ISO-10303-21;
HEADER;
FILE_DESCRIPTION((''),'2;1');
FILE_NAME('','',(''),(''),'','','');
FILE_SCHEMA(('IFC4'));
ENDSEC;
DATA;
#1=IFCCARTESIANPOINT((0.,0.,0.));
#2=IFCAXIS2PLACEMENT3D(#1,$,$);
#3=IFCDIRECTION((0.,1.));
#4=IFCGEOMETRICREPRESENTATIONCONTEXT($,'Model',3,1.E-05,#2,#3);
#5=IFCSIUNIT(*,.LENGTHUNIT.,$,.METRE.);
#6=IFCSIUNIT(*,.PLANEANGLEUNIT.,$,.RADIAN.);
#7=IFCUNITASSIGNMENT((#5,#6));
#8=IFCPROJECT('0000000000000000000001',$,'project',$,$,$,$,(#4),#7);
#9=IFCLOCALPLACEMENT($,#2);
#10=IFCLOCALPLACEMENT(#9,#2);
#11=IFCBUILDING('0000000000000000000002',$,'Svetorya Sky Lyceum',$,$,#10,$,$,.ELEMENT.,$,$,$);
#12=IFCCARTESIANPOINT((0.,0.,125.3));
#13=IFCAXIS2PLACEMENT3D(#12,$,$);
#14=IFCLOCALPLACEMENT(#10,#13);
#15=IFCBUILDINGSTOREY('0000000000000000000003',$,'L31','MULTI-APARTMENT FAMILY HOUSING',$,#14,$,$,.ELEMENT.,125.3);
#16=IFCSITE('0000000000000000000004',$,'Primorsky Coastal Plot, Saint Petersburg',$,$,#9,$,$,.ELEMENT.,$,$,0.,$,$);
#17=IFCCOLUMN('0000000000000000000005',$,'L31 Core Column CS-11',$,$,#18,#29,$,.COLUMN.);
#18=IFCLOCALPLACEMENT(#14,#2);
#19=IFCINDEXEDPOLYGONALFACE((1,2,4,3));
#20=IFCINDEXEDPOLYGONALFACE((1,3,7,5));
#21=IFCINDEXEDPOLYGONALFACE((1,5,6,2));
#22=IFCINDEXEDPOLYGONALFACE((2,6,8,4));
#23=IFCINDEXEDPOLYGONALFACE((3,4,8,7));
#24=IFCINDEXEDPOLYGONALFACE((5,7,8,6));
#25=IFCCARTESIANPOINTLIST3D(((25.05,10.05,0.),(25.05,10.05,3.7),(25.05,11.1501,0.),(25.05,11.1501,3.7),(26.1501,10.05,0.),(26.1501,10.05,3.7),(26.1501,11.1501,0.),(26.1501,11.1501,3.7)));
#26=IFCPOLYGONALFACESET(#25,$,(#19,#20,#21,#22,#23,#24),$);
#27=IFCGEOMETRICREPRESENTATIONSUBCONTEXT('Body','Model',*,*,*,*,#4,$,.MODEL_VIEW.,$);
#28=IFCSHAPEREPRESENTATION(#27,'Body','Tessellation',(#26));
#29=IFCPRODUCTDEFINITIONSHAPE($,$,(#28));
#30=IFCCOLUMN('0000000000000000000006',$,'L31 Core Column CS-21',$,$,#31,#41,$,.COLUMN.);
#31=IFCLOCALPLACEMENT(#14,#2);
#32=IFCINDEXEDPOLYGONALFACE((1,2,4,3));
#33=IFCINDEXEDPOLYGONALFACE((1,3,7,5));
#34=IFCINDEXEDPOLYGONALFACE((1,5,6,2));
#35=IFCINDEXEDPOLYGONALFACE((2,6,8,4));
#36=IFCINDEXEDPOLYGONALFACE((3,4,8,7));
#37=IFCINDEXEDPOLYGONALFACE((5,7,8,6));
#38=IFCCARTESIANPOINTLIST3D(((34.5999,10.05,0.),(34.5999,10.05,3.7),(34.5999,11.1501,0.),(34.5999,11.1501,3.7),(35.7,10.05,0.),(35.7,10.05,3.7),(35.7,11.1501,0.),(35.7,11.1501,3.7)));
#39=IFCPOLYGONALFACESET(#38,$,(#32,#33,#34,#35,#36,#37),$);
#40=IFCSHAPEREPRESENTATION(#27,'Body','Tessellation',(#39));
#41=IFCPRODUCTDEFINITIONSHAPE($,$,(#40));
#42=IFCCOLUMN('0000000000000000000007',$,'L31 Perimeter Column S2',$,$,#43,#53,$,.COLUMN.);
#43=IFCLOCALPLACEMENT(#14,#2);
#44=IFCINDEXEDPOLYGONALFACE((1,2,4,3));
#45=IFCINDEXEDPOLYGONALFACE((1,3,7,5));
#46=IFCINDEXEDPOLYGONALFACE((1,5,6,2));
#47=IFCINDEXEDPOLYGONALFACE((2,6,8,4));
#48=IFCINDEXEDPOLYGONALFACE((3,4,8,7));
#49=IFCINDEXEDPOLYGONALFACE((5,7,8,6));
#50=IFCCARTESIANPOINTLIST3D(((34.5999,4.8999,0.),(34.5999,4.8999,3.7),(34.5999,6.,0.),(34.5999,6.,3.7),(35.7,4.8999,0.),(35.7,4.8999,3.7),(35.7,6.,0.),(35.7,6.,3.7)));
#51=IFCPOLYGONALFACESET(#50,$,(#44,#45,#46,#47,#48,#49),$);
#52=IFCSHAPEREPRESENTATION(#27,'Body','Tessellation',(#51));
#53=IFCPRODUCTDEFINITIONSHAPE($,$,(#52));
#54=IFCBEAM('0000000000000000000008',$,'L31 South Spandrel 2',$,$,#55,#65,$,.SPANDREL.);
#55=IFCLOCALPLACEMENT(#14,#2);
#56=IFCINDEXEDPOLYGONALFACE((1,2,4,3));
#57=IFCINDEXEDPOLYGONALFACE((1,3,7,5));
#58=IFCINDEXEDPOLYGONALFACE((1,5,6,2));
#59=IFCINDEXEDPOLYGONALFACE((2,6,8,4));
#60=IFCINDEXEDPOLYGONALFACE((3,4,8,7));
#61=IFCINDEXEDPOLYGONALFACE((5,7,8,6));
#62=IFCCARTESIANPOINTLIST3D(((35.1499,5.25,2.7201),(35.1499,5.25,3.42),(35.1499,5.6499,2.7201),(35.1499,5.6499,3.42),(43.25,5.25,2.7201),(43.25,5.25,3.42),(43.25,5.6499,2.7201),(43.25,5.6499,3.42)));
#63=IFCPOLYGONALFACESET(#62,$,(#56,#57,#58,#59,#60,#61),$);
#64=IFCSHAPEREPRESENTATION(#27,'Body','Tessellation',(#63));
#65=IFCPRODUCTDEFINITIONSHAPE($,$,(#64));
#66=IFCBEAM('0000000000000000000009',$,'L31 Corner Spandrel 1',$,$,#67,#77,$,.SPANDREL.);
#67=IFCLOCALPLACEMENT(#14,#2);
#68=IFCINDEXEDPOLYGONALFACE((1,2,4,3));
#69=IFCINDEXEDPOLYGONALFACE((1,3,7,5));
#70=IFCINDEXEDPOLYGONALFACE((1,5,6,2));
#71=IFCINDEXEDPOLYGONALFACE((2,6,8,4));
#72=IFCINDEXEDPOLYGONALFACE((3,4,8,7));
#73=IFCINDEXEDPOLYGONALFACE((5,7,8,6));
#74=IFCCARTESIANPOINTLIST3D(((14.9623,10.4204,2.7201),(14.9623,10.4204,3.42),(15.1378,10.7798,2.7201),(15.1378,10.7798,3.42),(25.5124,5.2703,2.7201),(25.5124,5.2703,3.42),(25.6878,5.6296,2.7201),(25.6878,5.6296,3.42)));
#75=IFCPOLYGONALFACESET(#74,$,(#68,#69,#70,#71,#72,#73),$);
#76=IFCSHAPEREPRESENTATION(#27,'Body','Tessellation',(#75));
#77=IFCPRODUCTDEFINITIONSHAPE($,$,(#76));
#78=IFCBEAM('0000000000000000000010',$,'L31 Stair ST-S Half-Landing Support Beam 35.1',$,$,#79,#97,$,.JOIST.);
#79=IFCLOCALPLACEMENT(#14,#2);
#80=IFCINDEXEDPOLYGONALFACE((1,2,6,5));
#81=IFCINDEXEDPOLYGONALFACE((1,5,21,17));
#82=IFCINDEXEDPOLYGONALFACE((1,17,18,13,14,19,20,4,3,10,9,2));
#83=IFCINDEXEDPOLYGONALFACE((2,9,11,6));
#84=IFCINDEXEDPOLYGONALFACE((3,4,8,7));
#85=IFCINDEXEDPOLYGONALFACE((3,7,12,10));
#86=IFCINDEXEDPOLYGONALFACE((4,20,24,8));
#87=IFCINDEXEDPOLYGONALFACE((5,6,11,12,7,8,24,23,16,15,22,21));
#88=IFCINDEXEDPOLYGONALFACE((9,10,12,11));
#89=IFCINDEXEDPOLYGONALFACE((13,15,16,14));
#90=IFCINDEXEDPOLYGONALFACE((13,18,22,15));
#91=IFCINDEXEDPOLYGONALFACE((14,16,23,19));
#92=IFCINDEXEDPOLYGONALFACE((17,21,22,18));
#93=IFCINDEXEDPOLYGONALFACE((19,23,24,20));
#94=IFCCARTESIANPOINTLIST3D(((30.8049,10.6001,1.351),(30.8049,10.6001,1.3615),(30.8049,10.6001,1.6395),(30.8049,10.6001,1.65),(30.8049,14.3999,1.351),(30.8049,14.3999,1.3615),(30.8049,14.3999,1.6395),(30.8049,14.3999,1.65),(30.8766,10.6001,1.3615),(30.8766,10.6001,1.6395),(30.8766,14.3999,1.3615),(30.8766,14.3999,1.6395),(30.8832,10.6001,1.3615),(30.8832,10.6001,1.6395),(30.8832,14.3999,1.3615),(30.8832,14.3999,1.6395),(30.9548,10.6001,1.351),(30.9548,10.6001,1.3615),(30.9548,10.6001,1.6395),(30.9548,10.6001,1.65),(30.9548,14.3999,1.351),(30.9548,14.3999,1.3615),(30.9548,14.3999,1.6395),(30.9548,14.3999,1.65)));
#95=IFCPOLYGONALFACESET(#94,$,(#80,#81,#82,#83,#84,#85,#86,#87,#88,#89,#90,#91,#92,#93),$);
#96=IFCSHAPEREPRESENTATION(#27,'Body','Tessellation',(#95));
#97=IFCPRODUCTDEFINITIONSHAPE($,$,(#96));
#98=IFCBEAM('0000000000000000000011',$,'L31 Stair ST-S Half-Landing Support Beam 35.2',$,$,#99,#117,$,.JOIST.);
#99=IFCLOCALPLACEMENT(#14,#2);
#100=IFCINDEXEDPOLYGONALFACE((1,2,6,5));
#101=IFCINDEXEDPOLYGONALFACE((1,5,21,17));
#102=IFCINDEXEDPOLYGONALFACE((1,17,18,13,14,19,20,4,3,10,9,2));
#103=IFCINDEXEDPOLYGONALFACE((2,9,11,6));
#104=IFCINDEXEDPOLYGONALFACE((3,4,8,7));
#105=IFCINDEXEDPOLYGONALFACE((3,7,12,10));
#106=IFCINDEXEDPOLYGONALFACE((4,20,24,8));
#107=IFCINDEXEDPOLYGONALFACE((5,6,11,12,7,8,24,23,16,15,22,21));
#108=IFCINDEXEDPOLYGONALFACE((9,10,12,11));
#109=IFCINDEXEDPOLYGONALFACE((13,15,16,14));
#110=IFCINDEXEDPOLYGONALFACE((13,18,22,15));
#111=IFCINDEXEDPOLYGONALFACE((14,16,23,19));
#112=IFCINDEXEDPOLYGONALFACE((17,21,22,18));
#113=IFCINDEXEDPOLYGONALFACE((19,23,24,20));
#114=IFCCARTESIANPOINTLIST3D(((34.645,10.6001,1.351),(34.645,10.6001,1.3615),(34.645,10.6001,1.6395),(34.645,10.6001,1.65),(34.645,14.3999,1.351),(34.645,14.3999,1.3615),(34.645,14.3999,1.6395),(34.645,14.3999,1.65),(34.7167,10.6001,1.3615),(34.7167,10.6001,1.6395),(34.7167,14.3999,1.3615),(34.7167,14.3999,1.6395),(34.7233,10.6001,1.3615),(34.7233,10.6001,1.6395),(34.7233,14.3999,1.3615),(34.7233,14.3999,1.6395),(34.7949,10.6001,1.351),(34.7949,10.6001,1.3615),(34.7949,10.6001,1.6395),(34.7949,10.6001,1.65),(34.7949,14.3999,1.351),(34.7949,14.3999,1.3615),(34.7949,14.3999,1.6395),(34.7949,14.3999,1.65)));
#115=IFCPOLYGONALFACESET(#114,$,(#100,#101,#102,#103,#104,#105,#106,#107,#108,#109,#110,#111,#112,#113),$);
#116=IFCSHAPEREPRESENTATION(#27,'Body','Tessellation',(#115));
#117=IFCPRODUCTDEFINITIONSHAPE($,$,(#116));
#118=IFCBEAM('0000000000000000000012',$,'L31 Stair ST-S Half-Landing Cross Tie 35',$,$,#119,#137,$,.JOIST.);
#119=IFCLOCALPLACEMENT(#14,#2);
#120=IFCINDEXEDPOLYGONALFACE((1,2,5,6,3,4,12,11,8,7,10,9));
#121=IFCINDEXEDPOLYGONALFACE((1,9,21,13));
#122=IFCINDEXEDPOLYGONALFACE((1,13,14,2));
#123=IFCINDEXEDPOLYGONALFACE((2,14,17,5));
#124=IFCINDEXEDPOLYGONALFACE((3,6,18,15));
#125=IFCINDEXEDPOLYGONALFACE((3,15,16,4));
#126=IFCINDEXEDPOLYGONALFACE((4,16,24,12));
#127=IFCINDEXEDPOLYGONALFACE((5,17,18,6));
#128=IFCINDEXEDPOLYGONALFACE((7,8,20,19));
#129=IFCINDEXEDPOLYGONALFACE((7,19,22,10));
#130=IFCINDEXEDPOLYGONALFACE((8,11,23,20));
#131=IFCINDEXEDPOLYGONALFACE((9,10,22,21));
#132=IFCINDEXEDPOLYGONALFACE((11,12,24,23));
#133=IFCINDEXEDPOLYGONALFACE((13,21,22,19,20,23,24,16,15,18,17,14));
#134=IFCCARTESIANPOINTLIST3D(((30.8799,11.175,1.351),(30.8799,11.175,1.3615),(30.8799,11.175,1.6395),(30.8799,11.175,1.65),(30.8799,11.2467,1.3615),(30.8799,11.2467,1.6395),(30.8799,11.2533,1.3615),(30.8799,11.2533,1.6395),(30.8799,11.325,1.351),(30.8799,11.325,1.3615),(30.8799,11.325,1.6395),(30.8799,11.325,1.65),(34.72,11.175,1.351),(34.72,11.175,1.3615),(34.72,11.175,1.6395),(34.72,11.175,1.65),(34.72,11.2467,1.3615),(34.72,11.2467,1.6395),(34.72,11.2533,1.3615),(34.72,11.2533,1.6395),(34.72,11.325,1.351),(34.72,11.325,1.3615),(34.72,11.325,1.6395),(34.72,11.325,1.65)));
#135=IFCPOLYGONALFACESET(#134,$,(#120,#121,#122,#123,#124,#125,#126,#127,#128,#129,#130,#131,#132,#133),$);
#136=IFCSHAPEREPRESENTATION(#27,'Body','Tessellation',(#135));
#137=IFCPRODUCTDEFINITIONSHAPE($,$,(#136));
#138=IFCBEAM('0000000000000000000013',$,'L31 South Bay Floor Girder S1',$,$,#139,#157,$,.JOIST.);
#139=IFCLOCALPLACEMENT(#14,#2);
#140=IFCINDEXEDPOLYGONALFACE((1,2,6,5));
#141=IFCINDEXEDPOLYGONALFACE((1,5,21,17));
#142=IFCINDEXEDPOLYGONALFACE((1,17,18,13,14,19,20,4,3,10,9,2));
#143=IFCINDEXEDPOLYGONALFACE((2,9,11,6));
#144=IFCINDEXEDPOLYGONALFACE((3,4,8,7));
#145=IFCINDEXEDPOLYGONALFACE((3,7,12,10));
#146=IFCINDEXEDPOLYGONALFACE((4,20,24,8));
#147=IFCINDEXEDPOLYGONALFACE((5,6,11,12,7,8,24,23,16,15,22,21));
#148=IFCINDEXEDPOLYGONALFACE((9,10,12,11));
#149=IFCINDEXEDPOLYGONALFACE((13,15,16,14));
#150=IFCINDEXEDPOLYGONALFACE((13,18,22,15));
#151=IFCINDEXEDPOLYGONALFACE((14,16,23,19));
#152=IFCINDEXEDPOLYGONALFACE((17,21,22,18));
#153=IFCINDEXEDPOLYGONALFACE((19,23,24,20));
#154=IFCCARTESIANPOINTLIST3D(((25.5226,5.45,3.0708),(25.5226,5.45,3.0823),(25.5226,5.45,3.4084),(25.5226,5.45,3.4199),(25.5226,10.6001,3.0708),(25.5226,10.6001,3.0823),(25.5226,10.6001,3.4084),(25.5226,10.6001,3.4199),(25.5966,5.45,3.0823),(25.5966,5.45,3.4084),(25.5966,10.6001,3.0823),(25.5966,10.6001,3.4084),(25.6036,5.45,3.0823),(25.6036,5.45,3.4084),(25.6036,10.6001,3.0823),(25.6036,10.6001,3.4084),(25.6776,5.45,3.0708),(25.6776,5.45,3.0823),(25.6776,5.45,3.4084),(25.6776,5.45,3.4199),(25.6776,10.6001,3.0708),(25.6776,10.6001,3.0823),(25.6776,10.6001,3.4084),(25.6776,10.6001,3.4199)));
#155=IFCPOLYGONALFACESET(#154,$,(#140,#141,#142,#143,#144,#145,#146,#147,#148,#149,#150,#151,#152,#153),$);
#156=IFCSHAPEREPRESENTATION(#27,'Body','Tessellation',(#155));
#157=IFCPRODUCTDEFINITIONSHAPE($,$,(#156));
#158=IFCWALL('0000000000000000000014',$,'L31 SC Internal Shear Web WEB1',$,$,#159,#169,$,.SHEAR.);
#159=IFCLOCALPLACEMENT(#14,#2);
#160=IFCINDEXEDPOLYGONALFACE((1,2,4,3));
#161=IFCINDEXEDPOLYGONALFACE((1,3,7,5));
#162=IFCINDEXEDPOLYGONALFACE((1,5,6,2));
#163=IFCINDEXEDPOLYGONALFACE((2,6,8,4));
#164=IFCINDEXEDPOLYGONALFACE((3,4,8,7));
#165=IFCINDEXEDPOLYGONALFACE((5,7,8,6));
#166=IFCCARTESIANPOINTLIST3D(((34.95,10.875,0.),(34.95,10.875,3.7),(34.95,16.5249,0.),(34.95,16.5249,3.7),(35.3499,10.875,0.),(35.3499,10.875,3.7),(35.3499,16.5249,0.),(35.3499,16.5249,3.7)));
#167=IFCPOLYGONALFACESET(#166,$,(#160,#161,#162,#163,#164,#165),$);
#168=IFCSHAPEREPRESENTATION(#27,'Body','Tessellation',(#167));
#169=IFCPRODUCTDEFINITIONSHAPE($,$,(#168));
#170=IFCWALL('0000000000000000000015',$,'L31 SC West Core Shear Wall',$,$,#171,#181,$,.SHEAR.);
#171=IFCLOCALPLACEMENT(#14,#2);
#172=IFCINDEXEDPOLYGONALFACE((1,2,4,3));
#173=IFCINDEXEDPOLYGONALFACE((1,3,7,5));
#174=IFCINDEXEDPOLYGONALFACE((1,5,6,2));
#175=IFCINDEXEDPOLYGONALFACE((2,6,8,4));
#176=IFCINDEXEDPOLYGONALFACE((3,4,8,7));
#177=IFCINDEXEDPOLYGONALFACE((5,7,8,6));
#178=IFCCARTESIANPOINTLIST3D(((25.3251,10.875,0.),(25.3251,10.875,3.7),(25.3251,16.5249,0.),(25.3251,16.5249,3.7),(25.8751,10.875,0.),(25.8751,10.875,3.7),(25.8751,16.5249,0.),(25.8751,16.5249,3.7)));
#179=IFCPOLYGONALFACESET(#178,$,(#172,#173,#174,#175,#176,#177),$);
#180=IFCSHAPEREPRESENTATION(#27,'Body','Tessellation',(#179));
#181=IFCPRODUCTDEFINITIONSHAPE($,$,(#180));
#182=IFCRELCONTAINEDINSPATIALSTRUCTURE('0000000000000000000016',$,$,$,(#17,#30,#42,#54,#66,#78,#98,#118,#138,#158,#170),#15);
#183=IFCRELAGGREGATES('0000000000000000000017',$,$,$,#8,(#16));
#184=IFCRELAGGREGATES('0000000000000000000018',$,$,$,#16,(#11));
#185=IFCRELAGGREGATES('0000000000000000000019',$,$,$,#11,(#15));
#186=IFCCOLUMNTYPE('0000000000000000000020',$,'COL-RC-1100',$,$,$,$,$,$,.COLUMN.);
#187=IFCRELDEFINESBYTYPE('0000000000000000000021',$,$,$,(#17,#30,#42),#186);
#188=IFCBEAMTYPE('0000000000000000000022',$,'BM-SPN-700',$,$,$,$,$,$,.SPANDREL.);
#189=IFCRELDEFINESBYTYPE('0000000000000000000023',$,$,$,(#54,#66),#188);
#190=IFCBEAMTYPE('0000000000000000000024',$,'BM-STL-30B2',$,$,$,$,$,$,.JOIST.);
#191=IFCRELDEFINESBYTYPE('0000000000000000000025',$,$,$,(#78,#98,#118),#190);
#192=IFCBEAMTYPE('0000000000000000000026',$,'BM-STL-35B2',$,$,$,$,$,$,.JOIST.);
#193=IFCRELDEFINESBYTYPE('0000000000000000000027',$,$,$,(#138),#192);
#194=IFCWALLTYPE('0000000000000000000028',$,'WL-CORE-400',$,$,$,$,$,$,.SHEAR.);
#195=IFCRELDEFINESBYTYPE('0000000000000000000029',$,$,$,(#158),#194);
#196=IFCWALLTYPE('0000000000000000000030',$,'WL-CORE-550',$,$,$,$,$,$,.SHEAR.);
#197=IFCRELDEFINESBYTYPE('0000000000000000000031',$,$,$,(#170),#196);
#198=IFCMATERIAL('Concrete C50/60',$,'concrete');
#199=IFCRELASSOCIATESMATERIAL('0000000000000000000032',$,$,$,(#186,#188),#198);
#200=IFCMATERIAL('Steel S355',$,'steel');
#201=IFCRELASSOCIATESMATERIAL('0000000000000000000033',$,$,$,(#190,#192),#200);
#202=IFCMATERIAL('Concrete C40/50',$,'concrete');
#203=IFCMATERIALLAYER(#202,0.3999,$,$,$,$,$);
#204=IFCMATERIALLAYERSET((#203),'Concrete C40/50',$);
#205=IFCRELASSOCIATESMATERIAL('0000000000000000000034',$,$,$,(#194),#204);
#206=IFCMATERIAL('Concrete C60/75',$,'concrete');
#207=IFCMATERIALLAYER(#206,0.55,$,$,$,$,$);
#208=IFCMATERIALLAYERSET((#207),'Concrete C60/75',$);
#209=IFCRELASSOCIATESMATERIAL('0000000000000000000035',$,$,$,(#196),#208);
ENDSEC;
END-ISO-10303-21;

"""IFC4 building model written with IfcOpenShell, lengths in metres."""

from ifc_helpers import new_model, si_unit, direction, frame, frame_2d, origin, origin_2d, place, context, subcontext, project, spatial, rectangle, i_section, extrude, material, layer, layer_set, material_profile, profile_set, type_object, element, save


model = new_model("IFC4")

# Units and contexts
model_context = context("Model", 3, precision=1e-05, world=origin(), true_north=direction((0.0, 1.0)))
body_context = subcontext(model_context, "Body", "Model", "MODEL_VIEW")
ifc_project = project(units=[si_unit("LENGTHUNIT", "METRE"), si_unit("PLANEANGLEUNIT", "RADIAN")], contexts=[model_context])

# Site, building, storey
site_placement = place(None, origin())
site = spatial("IfcSite", under=ifc_project, at=site_placement, Name="Primorsky Coastal Plot, Saint Petersburg", CompositionType="ELEMENT", RefElevation=0.0)
building_placement = place(site_placement, origin())
building = spatial("IfcBuilding", under=site, at=building_placement, Name="Svetorya Sky Lyceum", CompositionType="ELEMENT")
storey_placement = place(building_placement, frame((0.0, 0.0, 125.3)))
storey = spatial("IfcBuildingStorey", under=building, at=storey_placement, Name="L31", Description="MULTI-APARTMENT FAMILY HOUSING", CompositionType="ELEMENT", Elevation=125.3)

# Columns
ifc_material_1 = material(Name="Concrete C50/60", Category="concrete")
ifc_material_profile_1 = material_profile(ifc_material_1, rectangle(XDim=1.1001, YDim=1.1001, at=origin_2d()), Name="RC COL 1100x1100")
ifc_profile_set_1 = profile_set([ifc_material_profile_1], Name="Concrete C50/60")
column_type = type_object("IfcColumnType", Name="COL-RC-1100", PredefinedType="COLUMN", material=ifc_profile_set_1)
for number, where, z_axis, x_axis, name in (
    (1, (25.6001, 10.6001, 0.0), (0.0, 0.0, 1.0), (1.0, 0.0, 0.0), "L31 Core Column CS-11"),
    (2, (35.1499, 10.6001, 0.0), (0.0, 0.0, 1.0), (1.0, 0.0, 0.0), "L31 Core Column CS-21"),
    (3, (35.1499, 5.45, 0.0), (0.0, 0.0, 1.0), (1.0, 0.0, 0.0), "L31 Perimeter Column S2"),
):
    element("IfcColumn", number, at=place(storey_placement, frame(where, z_axis=z_axis, x_axis=x_axis)), inside=storey, type_object=column_type, Name=name, PredefinedType="COLUMN", context=body_context, shape_type="SweptSolid", body=[
        extrude(rectangle(XDim=1.1001, YDim=1.1001, at=origin_2d()), origin(), (0.0, 0.0, 1.0), 3.7),
    ])

# Beams
ifc_material_profile_2 = material_profile(ifc_material_1, rectangle(XDim=0.3999, YDim=0.7, at=origin_2d()), Name="RC SPANDREL 400x700")
ifc_profile_set_2 = profile_set([ifc_material_profile_2], Name="Concrete C50/60")
beam_type_1 = type_object("IfcBeamType", Name="BM-SPN-700", PredefinedType="SPANDREL", material=ifc_profile_set_2)
beam_1_placement = place(storey_placement, frame((35.1499, 5.45, 3.0701), z_axis=(1.0, 0.0, 0.0), x_axis=(0.0, 1.0, 0.0)))
element("IfcBeam", 4, at=beam_1_placement, inside=storey, type_object=beam_type_1, Name="L31 South Spandrel 2", PredefinedType="SPANDREL", context=body_context, shape_type="SweptSolid", body=[
    extrude(rectangle(XDim=0.3999, YDim=0.7, at=origin_2d()), origin(), (0.0, 0.0, 1.0), 8.1001),
])
beam_2_placement = place(storey_placement, frame((25.6001, 5.45, 3.0701), z_axis=(-0.898641, 0.438684, 0.0), x_axis=(-0.438684, -0.898641, 0.0)))
element("IfcBeam", 5, at=beam_2_placement, inside=storey, type_object=beam_type_1, Name="L31 Corner Spandrel 1", PredefinedType="SPANDREL", context=body_context, shape_type="SweptSolid", body=[
    extrude(rectangle(XDim=0.3999, YDim=0.7, at=origin_2d()), origin(), (0.0, 0.0, 1.0), 11.74),
])
ifc_material_2 = material(Name="Steel S355", Category="steel")
ifc_material_profile_3 = material_profile(ifc_material_2, i_section(OverallWidth=0.1499, OverallDepth=0.2991, WebThickness=0.0066, FlangeThickness=0.0105, at=origin_2d()), Name="GOST 30B2")
ifc_profile_set_3 = profile_set([ifc_material_profile_3], Name="Steel S355")
beam_type_2 = type_object("IfcBeamType", Name="BM-STL-30B2", PredefinedType="JOIST", material=ifc_profile_set_3)
for number, where, z_axis, x_axis, name in (
    (6, (30.8799, 10.6001, 1.5005), (0.0, 1.0, 0.0), (-1.0, 0.0, 0.0), "L31 Stair ST-S Half-Landing Support Beam 35.1"),
    (7, (34.72, 10.6001, 1.5005), (0.0, 1.0, 0.0), (-1.0, 0.0, 0.0), "L31 Stair ST-S Half-Landing Support Beam 35.2"),
):
    element("IfcBeam", number, at=place(storey_placement, frame(where, z_axis=z_axis, x_axis=x_axis)), inside=storey, type_object=beam_type_2, Name=name, PredefinedType="JOIST", context=body_context, shape_type="SweptSolid", body=[
        extrude(i_section(OverallWidth=0.1499, OverallDepth=0.2991, WebThickness=0.0066, FlangeThickness=0.0105, at=origin_2d()), origin(), (0.0, 0.0, 1.0), 3.7998),
    ])
beam_3_placement = place(storey_placement, frame((30.8799, 11.25, 1.5005), z_axis=(1.0, 0.0, 0.0), x_axis=(0.0, 1.0, 0.0)))
element("IfcBeam", 8, at=beam_3_placement, inside=storey, type_object=beam_type_2, Name="L31 Stair ST-S Half-Landing Cross Tie 35", PredefinedType="JOIST", context=body_context, shape_type="SweptSolid", body=[
    extrude(i_section(OverallWidth=0.1499, OverallDepth=0.2991, WebThickness=0.0066, FlangeThickness=0.0105, at=origin_2d()), origin(), (0.0, 0.0, 1.0), 3.8401),
])
ifc_material_profile_4 = material_profile(ifc_material_2, i_section(OverallWidth=0.155, OverallDepth=0.3491, WebThickness=0.0071, FlangeThickness=0.0115, at=origin_2d()), Name="GOST 35B2")
ifc_profile_set_4 = profile_set([ifc_material_profile_4], Name="Steel S355")
beam_type_3 = type_object("IfcBeamType", Name="BM-STL-35B2", PredefinedType="JOIST", material=ifc_profile_set_4)
beam_4_placement = place(storey_placement, frame((25.6001, 5.45, 3.2454), z_axis=(0.0, 1.0, 0.0), x_axis=(-1.0, 0.0, 0.0)))
element("IfcBeam", 9, at=beam_4_placement, inside=storey, type_object=beam_type_3, Name="L31 South Bay Floor Girder S1", PredefinedType="JOIST", context=body_context, shape_type="SweptSolid", body=[
    extrude(i_section(OverallWidth=0.155, OverallDepth=0.3491, WebThickness=0.0071, FlangeThickness=0.0115, at=origin_2d()), origin(), (0.0, 0.0, 1.0), 5.1501),
])

# Walls
ifc_material_3 = material(Name="Concrete C40/50", Category="concrete")
ifc_layer_1 = layer(ifc_material_3, 0.3999)
ifc_layer_set_1 = layer_set([ifc_layer_1], Name="Concrete C40/50")
wall_type_1 = type_object("IfcWallType", Name="WL-CORE-400", PredefinedType="SHEAR", material=ifc_layer_set_1)
wall_1_placement = place(storey_placement, frame((35.1499, 10.875, 0.0), z_axis=(0.0, 0.0, 1.0), x_axis=(0.0, 1.0, 0.0)))
element("IfcWall", 10, at=wall_1_placement, inside=storey, type_object=wall_type_1, Name="L31 SC Internal Shear Web WEB1", PredefinedType="SHEAR", context=body_context, shape_type="SweptSolid", body=[
    extrude(rectangle(XDim=5.6499, YDim=0.3999, at=frame_2d((2.825, 0.0))), origin(), (0.0, 0.0, 1.0), 3.7),
])
ifc_material_4 = material(Name="Concrete C60/75", Category="concrete")
ifc_layer_2 = layer(ifc_material_4, 0.55)
ifc_layer_set_2 = layer_set([ifc_layer_2], Name="Concrete C60/75")
wall_type_2 = type_object("IfcWallType", Name="WL-CORE-550", PredefinedType="SHEAR", material=ifc_layer_set_2)
wall_2_placement = place(storey_placement, frame((25.6001, 10.875, 0.0), z_axis=(0.0, 0.0, 1.0), x_axis=(0.0, 1.0, 0.0)))
element("IfcWall", 11, at=wall_2_placement, inside=storey, type_object=wall_type_2, Name="L31 SC West Core Shear Wall", PredefinedType="SHEAR", context=body_context, shape_type="SweptSolid", body=[
    extrude(rectangle(XDim=5.6499, YDim=0.55, at=frame_2d((2.825, 0.0))), origin(), (0.0, 0.0, 1.0), 3.7),
])

save(model, "model.ifc")
